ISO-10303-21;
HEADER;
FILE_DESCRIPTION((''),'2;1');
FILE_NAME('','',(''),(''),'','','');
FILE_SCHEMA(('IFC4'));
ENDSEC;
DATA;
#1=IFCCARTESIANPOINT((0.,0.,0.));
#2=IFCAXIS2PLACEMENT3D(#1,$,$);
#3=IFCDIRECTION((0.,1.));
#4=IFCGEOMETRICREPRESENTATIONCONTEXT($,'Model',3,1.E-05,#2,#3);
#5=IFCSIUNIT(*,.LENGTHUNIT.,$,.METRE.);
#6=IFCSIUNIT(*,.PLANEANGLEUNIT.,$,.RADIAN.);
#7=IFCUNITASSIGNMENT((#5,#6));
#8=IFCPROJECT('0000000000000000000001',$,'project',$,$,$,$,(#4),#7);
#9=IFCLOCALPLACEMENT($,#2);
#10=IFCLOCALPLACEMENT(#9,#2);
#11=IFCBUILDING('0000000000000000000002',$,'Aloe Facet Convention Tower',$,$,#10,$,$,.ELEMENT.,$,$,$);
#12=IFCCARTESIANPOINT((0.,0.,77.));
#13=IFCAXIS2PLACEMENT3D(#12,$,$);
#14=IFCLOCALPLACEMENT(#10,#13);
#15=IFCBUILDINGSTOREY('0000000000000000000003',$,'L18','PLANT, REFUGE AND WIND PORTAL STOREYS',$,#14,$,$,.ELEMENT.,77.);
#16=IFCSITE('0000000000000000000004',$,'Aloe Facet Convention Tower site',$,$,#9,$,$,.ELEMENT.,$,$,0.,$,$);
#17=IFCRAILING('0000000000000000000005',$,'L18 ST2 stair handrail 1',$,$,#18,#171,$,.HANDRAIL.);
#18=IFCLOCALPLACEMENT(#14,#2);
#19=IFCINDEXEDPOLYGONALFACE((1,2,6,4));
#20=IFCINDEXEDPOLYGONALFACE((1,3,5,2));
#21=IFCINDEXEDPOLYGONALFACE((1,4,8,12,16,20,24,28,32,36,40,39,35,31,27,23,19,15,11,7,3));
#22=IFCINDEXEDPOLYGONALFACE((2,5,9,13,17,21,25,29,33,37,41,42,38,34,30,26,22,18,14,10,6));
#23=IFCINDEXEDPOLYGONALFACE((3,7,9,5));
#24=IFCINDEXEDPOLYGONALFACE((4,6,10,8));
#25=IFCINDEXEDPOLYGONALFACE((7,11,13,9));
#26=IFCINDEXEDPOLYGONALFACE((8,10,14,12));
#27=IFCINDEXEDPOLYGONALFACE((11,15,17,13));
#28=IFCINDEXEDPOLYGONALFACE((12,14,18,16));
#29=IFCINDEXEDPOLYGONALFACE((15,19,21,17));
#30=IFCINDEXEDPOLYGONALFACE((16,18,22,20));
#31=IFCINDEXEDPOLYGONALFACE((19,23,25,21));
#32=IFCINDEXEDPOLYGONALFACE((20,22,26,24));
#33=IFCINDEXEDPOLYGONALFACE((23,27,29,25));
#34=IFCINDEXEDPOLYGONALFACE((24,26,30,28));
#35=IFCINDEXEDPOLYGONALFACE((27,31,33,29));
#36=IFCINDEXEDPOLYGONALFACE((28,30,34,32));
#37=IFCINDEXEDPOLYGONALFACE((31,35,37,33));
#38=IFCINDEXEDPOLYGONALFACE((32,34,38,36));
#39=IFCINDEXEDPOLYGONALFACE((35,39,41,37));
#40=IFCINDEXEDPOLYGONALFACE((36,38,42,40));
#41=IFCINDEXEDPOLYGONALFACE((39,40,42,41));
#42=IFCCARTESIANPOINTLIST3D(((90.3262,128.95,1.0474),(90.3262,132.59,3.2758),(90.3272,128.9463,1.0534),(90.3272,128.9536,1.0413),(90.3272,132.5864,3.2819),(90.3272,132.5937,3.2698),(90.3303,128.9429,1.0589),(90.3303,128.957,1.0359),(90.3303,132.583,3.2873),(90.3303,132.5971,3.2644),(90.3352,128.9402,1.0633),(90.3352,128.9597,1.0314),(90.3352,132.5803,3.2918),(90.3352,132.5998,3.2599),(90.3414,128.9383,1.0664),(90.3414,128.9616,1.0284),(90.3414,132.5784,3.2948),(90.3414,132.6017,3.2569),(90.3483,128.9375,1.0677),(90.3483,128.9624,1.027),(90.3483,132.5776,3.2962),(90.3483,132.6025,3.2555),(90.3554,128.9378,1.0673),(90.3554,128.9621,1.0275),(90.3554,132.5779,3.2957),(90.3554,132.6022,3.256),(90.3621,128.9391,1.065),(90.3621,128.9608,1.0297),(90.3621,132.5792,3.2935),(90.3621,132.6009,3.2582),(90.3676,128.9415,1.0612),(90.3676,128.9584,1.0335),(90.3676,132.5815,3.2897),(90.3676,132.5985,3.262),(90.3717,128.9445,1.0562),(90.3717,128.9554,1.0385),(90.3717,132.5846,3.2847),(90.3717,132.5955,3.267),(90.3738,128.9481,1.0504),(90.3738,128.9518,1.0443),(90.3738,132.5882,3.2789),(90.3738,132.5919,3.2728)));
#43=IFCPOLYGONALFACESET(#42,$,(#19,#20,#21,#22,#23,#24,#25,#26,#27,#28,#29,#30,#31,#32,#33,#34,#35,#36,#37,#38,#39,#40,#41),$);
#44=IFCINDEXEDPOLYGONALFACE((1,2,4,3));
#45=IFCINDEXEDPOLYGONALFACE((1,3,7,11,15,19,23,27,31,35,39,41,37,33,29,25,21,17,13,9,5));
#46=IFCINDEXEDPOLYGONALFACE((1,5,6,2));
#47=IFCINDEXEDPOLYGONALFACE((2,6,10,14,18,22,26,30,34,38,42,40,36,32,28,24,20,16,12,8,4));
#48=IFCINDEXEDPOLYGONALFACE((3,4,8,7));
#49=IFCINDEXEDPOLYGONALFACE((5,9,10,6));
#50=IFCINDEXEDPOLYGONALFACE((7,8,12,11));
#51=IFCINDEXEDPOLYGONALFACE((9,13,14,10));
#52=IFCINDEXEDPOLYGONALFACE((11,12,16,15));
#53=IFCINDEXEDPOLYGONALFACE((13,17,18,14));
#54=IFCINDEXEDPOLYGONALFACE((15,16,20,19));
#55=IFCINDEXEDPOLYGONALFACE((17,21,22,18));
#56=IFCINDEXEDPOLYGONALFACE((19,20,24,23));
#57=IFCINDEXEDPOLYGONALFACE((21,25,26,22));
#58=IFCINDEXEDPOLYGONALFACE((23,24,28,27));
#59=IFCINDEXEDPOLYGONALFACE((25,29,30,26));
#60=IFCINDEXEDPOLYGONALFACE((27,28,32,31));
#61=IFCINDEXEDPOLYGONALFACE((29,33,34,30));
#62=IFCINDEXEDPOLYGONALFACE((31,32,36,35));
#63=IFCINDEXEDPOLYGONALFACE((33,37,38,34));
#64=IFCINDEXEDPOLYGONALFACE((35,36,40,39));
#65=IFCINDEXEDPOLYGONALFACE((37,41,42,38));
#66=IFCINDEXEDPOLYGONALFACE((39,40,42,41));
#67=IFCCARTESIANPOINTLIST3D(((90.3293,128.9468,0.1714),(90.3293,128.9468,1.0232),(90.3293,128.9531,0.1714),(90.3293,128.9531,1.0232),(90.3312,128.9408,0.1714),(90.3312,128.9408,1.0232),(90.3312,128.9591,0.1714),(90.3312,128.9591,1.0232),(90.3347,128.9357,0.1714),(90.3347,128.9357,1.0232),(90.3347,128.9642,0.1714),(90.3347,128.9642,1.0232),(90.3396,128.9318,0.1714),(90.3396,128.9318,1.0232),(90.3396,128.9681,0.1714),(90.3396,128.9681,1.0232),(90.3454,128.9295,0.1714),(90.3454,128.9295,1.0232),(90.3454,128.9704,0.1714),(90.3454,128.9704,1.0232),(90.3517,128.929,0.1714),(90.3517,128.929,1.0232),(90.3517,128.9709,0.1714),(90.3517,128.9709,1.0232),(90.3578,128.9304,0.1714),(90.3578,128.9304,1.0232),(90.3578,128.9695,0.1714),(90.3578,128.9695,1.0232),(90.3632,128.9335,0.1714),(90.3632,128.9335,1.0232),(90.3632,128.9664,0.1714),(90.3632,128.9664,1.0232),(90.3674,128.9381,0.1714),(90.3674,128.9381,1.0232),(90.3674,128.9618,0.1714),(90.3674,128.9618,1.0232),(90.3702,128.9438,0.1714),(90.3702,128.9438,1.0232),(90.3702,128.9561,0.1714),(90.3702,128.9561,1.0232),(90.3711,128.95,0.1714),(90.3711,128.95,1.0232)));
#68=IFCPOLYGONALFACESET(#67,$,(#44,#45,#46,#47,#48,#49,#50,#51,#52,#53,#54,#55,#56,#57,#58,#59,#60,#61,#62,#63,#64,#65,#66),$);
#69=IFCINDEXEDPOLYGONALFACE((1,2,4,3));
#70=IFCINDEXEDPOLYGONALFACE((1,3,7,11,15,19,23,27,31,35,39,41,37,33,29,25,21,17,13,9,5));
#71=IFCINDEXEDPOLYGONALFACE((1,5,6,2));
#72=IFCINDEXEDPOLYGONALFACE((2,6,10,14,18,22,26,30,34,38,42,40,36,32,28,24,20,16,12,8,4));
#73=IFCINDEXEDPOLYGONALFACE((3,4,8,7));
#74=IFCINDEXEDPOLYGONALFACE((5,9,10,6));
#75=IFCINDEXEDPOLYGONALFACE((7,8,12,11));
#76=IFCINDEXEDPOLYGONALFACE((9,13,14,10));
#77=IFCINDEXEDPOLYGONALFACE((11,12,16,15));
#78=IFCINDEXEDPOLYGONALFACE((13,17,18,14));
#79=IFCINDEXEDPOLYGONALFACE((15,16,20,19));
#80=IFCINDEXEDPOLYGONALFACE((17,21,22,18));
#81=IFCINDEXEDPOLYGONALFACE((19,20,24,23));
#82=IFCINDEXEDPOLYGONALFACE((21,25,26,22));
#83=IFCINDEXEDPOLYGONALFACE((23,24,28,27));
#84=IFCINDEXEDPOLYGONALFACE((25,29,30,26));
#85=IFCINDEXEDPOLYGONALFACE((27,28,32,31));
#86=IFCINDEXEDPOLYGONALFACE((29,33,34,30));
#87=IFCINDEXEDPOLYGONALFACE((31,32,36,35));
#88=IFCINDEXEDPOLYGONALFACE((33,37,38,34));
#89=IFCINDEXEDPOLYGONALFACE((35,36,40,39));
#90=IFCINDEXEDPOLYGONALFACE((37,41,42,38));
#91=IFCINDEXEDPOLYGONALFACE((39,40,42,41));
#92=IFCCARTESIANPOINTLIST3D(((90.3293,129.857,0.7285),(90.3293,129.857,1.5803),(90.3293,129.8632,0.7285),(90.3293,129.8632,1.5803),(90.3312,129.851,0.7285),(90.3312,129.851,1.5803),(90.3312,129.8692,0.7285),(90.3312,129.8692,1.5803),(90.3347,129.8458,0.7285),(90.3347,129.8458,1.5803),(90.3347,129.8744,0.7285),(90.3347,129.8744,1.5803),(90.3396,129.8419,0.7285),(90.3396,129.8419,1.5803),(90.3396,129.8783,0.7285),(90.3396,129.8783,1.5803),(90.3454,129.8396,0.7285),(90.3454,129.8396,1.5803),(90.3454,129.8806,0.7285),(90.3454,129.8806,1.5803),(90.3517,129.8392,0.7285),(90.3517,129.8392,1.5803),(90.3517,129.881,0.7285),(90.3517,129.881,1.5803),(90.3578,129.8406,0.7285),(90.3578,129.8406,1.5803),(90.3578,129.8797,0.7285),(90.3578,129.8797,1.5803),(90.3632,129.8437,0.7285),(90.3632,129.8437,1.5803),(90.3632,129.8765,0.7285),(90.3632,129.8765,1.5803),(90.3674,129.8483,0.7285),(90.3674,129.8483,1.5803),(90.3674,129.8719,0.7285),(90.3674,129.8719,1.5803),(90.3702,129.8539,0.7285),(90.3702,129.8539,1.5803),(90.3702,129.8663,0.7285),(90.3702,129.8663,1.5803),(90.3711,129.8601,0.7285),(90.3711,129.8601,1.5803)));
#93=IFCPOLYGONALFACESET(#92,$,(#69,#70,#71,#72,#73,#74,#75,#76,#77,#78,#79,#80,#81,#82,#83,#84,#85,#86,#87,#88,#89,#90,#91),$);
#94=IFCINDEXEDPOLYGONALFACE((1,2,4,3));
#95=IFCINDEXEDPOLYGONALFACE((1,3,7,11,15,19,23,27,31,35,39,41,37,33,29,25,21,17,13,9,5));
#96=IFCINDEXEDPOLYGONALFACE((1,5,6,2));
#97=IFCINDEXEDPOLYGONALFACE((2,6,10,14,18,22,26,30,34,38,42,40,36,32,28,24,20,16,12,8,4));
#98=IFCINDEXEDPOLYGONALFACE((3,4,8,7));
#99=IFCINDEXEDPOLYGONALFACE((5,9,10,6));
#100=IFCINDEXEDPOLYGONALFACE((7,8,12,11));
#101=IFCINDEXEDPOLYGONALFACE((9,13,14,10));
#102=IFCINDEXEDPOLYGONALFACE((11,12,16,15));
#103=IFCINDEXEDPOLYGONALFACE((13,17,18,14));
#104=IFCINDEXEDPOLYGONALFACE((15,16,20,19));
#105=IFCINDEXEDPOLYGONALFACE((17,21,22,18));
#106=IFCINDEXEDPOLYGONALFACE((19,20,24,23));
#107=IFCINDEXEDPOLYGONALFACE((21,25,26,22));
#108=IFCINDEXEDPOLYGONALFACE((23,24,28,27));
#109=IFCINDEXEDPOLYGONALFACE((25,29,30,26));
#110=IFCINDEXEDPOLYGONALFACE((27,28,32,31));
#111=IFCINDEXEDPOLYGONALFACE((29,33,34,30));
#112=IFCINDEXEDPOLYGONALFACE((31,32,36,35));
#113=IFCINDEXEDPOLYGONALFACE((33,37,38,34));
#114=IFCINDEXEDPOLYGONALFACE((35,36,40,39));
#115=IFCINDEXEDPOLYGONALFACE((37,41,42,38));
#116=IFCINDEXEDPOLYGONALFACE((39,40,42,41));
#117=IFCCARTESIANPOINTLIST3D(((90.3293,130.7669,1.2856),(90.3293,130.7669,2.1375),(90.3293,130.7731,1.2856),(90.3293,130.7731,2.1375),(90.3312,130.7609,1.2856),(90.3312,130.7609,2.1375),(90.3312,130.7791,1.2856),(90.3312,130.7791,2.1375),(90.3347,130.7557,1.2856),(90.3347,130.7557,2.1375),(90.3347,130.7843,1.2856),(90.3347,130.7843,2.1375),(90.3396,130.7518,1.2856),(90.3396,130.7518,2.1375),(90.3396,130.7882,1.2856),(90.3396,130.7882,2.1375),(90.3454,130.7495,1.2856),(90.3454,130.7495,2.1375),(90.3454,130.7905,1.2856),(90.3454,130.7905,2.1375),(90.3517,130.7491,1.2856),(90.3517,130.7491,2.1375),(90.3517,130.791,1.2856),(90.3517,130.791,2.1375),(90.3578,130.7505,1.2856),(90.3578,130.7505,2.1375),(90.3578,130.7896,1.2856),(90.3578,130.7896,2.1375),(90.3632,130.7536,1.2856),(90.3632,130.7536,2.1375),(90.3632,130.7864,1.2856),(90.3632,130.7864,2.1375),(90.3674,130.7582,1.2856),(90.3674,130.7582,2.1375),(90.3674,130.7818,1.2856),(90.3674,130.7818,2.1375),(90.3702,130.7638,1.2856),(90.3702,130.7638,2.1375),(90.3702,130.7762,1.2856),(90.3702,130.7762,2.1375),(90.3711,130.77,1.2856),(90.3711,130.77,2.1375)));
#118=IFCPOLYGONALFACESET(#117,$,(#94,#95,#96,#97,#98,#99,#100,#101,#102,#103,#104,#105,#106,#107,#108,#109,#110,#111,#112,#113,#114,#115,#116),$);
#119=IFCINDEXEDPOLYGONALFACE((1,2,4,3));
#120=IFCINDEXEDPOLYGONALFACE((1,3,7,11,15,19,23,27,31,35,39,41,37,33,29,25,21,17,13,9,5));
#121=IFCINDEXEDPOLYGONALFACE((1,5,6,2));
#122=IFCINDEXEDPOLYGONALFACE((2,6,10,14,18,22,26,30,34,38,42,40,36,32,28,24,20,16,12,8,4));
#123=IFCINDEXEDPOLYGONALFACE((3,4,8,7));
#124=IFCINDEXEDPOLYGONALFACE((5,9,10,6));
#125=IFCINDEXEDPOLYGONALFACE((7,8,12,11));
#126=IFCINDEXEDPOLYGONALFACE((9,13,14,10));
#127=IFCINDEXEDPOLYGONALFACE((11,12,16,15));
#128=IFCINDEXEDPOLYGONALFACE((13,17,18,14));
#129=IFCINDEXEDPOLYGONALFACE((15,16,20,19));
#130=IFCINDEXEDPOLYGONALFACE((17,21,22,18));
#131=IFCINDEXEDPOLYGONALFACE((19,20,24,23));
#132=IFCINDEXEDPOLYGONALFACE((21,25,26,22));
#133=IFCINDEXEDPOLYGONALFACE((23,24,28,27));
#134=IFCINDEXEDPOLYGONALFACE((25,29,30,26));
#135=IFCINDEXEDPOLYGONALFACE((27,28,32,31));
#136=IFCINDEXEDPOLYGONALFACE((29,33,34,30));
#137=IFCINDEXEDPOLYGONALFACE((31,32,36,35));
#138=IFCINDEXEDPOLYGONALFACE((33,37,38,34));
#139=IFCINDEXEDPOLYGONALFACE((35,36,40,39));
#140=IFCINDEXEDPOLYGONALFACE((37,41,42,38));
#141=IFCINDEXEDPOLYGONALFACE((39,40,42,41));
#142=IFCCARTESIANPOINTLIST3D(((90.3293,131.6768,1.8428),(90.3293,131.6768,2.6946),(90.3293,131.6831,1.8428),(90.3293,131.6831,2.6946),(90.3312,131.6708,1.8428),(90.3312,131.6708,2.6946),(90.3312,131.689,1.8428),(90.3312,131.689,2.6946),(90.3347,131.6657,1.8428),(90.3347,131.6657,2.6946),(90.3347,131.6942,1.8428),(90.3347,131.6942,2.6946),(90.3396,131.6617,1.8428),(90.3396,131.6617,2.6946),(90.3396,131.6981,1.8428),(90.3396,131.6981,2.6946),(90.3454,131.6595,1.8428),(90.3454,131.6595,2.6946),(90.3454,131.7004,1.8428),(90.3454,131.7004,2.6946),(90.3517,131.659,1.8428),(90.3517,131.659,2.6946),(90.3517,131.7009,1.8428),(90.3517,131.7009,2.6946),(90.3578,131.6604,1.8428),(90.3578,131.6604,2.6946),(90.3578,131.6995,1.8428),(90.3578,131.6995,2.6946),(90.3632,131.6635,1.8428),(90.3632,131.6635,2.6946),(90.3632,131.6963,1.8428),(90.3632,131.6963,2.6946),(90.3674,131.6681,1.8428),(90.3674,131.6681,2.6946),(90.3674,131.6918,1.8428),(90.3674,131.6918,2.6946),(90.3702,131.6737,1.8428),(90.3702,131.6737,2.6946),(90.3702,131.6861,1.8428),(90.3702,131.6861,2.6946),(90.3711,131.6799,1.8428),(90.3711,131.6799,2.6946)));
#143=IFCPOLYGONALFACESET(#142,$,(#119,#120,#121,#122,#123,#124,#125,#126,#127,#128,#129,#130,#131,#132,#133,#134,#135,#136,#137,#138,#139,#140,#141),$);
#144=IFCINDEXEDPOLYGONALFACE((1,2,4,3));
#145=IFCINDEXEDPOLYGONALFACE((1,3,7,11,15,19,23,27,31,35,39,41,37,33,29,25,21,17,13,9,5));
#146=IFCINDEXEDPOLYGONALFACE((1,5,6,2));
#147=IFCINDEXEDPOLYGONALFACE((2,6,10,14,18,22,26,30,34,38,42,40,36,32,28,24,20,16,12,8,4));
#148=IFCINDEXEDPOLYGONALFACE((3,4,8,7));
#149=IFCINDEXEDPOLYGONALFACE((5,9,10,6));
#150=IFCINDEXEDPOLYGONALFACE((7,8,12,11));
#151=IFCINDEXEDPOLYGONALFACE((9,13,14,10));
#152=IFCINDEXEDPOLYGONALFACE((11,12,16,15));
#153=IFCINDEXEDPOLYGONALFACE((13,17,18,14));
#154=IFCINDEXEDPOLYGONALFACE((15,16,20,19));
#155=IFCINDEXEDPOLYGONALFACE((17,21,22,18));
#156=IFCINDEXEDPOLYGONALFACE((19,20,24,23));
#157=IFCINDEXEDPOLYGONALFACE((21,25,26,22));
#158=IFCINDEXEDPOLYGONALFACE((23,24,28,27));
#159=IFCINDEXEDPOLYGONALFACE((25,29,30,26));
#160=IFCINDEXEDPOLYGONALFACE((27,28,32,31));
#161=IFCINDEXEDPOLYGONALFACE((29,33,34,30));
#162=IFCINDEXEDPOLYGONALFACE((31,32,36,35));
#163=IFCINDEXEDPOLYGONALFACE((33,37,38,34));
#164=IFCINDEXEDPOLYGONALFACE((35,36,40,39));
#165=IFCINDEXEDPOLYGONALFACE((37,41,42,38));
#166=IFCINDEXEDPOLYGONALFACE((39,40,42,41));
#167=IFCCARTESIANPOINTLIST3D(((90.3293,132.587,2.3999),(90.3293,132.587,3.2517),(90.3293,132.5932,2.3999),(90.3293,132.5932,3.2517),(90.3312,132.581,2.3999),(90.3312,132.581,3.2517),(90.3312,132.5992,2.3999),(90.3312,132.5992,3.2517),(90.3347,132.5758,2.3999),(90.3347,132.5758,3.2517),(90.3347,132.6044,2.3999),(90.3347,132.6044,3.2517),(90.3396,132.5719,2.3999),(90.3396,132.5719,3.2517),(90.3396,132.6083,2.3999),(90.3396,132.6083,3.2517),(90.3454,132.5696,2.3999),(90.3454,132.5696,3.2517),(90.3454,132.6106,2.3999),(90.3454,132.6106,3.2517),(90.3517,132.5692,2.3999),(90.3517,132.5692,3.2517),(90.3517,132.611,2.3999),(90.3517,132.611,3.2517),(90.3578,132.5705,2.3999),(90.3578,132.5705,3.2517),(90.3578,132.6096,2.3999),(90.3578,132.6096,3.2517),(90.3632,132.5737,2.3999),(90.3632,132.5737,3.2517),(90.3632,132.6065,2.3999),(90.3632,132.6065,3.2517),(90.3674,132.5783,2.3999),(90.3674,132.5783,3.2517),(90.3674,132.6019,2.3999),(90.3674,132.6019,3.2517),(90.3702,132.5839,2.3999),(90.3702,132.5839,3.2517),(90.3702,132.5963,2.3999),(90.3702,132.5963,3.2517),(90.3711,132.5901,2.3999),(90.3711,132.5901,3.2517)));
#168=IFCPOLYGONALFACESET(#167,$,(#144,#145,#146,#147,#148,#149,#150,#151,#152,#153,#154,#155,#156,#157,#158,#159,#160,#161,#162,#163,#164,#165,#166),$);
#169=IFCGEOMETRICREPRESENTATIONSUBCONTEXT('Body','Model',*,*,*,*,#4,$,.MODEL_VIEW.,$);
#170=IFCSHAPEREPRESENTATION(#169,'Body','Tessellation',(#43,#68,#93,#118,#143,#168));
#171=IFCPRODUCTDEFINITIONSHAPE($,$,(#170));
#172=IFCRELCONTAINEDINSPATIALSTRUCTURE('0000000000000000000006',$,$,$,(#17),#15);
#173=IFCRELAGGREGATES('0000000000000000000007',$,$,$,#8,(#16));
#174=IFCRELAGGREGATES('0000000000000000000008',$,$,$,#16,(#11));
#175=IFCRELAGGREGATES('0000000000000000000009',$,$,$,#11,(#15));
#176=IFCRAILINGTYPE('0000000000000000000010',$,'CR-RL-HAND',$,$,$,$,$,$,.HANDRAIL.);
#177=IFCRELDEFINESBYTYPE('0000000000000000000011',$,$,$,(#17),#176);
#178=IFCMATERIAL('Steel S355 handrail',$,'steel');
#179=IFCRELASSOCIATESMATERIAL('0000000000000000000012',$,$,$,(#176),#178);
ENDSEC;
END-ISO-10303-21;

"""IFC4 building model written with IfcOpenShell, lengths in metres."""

from ifc_helpers import new_model, si_unit, direction, frame, origin, origin_2d, place, context, subcontext, project, spatial, circle, extrude, material, type_object, element, save


model = new_model("IFC4")

# Units and contexts
model_context = context("Model", 3, precision=1e-05, world=origin(), true_north=direction((0.0, 1.0)))
body_context = subcontext(model_context, "Body", "Model", "MODEL_VIEW")
ifc_project = project(units=[si_unit("LENGTHUNIT", "METRE"), si_unit("PLANEANGLEUNIT", "RADIAN")], contexts=[model_context])

# Site, building, storey
site_placement = place(None, origin())
site = spatial("IfcSite", under=ifc_project, at=site_placement, Name="Aloe Facet Convention Tower site", CompositionType="ELEMENT", RefElevation=0.0)
building_placement = place(site_placement, origin())
building = spatial("IfcBuilding", under=site, at=building_placement, Name="Aloe Facet Convention Tower", CompositionType="ELEMENT")
storey_placement = place(building_placement, frame((0.0, 0.0, 77.0)))
storey = spatial("IfcBuildingStorey", under=building, at=storey_placement, Name="L18", Description="PLANT, REFUGE AND WIND PORTAL STOREYS", CompositionType="ELEMENT", Elevation=77.0)

# Railing
ifc_material_1 = material(Name="Steel S355 handrail", Category="steel")
railing_type_1 = type_object("IfcRailingType", Name="CR-RL-HAND", PredefinedType="HANDRAIL", material=ifc_material_1)
railing_1_placement = place(storey_placement, frame((90.3501, 128.95, 0.1714)))
element("IfcRailing", 1, at=railing_1_placement, inside=storey, type_object=railing_type_1, Name="L18 ST2 stair handrail 1", PredefinedType="HANDRAIL", context=body_context, shape_type="SweptSolid", body=[
    extrude(circle(Radius=0.0239, at=origin_2d()), frame((0.0, 0.0, 0.876), z_axis=(0.0, 0.852866, 0.52213), x_axis=(-1.0, 0.0, 0.0)), (0.0, 0.0, 1.0), 4.2681),
    extrude(circle(Radius=0.021, at=origin_2d()), origin(), (0.0, 0.0, 1.0), 0.8518),
    extrude(circle(Radius=0.021, at=origin_2d()), frame((0.0, 0.9102, 0.5571)), (0.0, 0.0, 1.0), 0.8518),
    extrude(circle(Radius=0.021, at=origin_2d()), frame((0.0, 1.8201, 1.1143)), (0.0, 0.0, 1.0), 0.8518),
    extrude(circle(Radius=0.021, at=origin_2d()), frame((0.0, 2.73, 1.6714)), (0.0, 0.0, 1.0), 0.8518),
    extrude(circle(Radius=0.021, at=origin_2d()), frame((0.0, 3.6401, 2.2285)), (0.0, 0.0, 1.0), 0.8518),
])

save(model, "model.ifc")
